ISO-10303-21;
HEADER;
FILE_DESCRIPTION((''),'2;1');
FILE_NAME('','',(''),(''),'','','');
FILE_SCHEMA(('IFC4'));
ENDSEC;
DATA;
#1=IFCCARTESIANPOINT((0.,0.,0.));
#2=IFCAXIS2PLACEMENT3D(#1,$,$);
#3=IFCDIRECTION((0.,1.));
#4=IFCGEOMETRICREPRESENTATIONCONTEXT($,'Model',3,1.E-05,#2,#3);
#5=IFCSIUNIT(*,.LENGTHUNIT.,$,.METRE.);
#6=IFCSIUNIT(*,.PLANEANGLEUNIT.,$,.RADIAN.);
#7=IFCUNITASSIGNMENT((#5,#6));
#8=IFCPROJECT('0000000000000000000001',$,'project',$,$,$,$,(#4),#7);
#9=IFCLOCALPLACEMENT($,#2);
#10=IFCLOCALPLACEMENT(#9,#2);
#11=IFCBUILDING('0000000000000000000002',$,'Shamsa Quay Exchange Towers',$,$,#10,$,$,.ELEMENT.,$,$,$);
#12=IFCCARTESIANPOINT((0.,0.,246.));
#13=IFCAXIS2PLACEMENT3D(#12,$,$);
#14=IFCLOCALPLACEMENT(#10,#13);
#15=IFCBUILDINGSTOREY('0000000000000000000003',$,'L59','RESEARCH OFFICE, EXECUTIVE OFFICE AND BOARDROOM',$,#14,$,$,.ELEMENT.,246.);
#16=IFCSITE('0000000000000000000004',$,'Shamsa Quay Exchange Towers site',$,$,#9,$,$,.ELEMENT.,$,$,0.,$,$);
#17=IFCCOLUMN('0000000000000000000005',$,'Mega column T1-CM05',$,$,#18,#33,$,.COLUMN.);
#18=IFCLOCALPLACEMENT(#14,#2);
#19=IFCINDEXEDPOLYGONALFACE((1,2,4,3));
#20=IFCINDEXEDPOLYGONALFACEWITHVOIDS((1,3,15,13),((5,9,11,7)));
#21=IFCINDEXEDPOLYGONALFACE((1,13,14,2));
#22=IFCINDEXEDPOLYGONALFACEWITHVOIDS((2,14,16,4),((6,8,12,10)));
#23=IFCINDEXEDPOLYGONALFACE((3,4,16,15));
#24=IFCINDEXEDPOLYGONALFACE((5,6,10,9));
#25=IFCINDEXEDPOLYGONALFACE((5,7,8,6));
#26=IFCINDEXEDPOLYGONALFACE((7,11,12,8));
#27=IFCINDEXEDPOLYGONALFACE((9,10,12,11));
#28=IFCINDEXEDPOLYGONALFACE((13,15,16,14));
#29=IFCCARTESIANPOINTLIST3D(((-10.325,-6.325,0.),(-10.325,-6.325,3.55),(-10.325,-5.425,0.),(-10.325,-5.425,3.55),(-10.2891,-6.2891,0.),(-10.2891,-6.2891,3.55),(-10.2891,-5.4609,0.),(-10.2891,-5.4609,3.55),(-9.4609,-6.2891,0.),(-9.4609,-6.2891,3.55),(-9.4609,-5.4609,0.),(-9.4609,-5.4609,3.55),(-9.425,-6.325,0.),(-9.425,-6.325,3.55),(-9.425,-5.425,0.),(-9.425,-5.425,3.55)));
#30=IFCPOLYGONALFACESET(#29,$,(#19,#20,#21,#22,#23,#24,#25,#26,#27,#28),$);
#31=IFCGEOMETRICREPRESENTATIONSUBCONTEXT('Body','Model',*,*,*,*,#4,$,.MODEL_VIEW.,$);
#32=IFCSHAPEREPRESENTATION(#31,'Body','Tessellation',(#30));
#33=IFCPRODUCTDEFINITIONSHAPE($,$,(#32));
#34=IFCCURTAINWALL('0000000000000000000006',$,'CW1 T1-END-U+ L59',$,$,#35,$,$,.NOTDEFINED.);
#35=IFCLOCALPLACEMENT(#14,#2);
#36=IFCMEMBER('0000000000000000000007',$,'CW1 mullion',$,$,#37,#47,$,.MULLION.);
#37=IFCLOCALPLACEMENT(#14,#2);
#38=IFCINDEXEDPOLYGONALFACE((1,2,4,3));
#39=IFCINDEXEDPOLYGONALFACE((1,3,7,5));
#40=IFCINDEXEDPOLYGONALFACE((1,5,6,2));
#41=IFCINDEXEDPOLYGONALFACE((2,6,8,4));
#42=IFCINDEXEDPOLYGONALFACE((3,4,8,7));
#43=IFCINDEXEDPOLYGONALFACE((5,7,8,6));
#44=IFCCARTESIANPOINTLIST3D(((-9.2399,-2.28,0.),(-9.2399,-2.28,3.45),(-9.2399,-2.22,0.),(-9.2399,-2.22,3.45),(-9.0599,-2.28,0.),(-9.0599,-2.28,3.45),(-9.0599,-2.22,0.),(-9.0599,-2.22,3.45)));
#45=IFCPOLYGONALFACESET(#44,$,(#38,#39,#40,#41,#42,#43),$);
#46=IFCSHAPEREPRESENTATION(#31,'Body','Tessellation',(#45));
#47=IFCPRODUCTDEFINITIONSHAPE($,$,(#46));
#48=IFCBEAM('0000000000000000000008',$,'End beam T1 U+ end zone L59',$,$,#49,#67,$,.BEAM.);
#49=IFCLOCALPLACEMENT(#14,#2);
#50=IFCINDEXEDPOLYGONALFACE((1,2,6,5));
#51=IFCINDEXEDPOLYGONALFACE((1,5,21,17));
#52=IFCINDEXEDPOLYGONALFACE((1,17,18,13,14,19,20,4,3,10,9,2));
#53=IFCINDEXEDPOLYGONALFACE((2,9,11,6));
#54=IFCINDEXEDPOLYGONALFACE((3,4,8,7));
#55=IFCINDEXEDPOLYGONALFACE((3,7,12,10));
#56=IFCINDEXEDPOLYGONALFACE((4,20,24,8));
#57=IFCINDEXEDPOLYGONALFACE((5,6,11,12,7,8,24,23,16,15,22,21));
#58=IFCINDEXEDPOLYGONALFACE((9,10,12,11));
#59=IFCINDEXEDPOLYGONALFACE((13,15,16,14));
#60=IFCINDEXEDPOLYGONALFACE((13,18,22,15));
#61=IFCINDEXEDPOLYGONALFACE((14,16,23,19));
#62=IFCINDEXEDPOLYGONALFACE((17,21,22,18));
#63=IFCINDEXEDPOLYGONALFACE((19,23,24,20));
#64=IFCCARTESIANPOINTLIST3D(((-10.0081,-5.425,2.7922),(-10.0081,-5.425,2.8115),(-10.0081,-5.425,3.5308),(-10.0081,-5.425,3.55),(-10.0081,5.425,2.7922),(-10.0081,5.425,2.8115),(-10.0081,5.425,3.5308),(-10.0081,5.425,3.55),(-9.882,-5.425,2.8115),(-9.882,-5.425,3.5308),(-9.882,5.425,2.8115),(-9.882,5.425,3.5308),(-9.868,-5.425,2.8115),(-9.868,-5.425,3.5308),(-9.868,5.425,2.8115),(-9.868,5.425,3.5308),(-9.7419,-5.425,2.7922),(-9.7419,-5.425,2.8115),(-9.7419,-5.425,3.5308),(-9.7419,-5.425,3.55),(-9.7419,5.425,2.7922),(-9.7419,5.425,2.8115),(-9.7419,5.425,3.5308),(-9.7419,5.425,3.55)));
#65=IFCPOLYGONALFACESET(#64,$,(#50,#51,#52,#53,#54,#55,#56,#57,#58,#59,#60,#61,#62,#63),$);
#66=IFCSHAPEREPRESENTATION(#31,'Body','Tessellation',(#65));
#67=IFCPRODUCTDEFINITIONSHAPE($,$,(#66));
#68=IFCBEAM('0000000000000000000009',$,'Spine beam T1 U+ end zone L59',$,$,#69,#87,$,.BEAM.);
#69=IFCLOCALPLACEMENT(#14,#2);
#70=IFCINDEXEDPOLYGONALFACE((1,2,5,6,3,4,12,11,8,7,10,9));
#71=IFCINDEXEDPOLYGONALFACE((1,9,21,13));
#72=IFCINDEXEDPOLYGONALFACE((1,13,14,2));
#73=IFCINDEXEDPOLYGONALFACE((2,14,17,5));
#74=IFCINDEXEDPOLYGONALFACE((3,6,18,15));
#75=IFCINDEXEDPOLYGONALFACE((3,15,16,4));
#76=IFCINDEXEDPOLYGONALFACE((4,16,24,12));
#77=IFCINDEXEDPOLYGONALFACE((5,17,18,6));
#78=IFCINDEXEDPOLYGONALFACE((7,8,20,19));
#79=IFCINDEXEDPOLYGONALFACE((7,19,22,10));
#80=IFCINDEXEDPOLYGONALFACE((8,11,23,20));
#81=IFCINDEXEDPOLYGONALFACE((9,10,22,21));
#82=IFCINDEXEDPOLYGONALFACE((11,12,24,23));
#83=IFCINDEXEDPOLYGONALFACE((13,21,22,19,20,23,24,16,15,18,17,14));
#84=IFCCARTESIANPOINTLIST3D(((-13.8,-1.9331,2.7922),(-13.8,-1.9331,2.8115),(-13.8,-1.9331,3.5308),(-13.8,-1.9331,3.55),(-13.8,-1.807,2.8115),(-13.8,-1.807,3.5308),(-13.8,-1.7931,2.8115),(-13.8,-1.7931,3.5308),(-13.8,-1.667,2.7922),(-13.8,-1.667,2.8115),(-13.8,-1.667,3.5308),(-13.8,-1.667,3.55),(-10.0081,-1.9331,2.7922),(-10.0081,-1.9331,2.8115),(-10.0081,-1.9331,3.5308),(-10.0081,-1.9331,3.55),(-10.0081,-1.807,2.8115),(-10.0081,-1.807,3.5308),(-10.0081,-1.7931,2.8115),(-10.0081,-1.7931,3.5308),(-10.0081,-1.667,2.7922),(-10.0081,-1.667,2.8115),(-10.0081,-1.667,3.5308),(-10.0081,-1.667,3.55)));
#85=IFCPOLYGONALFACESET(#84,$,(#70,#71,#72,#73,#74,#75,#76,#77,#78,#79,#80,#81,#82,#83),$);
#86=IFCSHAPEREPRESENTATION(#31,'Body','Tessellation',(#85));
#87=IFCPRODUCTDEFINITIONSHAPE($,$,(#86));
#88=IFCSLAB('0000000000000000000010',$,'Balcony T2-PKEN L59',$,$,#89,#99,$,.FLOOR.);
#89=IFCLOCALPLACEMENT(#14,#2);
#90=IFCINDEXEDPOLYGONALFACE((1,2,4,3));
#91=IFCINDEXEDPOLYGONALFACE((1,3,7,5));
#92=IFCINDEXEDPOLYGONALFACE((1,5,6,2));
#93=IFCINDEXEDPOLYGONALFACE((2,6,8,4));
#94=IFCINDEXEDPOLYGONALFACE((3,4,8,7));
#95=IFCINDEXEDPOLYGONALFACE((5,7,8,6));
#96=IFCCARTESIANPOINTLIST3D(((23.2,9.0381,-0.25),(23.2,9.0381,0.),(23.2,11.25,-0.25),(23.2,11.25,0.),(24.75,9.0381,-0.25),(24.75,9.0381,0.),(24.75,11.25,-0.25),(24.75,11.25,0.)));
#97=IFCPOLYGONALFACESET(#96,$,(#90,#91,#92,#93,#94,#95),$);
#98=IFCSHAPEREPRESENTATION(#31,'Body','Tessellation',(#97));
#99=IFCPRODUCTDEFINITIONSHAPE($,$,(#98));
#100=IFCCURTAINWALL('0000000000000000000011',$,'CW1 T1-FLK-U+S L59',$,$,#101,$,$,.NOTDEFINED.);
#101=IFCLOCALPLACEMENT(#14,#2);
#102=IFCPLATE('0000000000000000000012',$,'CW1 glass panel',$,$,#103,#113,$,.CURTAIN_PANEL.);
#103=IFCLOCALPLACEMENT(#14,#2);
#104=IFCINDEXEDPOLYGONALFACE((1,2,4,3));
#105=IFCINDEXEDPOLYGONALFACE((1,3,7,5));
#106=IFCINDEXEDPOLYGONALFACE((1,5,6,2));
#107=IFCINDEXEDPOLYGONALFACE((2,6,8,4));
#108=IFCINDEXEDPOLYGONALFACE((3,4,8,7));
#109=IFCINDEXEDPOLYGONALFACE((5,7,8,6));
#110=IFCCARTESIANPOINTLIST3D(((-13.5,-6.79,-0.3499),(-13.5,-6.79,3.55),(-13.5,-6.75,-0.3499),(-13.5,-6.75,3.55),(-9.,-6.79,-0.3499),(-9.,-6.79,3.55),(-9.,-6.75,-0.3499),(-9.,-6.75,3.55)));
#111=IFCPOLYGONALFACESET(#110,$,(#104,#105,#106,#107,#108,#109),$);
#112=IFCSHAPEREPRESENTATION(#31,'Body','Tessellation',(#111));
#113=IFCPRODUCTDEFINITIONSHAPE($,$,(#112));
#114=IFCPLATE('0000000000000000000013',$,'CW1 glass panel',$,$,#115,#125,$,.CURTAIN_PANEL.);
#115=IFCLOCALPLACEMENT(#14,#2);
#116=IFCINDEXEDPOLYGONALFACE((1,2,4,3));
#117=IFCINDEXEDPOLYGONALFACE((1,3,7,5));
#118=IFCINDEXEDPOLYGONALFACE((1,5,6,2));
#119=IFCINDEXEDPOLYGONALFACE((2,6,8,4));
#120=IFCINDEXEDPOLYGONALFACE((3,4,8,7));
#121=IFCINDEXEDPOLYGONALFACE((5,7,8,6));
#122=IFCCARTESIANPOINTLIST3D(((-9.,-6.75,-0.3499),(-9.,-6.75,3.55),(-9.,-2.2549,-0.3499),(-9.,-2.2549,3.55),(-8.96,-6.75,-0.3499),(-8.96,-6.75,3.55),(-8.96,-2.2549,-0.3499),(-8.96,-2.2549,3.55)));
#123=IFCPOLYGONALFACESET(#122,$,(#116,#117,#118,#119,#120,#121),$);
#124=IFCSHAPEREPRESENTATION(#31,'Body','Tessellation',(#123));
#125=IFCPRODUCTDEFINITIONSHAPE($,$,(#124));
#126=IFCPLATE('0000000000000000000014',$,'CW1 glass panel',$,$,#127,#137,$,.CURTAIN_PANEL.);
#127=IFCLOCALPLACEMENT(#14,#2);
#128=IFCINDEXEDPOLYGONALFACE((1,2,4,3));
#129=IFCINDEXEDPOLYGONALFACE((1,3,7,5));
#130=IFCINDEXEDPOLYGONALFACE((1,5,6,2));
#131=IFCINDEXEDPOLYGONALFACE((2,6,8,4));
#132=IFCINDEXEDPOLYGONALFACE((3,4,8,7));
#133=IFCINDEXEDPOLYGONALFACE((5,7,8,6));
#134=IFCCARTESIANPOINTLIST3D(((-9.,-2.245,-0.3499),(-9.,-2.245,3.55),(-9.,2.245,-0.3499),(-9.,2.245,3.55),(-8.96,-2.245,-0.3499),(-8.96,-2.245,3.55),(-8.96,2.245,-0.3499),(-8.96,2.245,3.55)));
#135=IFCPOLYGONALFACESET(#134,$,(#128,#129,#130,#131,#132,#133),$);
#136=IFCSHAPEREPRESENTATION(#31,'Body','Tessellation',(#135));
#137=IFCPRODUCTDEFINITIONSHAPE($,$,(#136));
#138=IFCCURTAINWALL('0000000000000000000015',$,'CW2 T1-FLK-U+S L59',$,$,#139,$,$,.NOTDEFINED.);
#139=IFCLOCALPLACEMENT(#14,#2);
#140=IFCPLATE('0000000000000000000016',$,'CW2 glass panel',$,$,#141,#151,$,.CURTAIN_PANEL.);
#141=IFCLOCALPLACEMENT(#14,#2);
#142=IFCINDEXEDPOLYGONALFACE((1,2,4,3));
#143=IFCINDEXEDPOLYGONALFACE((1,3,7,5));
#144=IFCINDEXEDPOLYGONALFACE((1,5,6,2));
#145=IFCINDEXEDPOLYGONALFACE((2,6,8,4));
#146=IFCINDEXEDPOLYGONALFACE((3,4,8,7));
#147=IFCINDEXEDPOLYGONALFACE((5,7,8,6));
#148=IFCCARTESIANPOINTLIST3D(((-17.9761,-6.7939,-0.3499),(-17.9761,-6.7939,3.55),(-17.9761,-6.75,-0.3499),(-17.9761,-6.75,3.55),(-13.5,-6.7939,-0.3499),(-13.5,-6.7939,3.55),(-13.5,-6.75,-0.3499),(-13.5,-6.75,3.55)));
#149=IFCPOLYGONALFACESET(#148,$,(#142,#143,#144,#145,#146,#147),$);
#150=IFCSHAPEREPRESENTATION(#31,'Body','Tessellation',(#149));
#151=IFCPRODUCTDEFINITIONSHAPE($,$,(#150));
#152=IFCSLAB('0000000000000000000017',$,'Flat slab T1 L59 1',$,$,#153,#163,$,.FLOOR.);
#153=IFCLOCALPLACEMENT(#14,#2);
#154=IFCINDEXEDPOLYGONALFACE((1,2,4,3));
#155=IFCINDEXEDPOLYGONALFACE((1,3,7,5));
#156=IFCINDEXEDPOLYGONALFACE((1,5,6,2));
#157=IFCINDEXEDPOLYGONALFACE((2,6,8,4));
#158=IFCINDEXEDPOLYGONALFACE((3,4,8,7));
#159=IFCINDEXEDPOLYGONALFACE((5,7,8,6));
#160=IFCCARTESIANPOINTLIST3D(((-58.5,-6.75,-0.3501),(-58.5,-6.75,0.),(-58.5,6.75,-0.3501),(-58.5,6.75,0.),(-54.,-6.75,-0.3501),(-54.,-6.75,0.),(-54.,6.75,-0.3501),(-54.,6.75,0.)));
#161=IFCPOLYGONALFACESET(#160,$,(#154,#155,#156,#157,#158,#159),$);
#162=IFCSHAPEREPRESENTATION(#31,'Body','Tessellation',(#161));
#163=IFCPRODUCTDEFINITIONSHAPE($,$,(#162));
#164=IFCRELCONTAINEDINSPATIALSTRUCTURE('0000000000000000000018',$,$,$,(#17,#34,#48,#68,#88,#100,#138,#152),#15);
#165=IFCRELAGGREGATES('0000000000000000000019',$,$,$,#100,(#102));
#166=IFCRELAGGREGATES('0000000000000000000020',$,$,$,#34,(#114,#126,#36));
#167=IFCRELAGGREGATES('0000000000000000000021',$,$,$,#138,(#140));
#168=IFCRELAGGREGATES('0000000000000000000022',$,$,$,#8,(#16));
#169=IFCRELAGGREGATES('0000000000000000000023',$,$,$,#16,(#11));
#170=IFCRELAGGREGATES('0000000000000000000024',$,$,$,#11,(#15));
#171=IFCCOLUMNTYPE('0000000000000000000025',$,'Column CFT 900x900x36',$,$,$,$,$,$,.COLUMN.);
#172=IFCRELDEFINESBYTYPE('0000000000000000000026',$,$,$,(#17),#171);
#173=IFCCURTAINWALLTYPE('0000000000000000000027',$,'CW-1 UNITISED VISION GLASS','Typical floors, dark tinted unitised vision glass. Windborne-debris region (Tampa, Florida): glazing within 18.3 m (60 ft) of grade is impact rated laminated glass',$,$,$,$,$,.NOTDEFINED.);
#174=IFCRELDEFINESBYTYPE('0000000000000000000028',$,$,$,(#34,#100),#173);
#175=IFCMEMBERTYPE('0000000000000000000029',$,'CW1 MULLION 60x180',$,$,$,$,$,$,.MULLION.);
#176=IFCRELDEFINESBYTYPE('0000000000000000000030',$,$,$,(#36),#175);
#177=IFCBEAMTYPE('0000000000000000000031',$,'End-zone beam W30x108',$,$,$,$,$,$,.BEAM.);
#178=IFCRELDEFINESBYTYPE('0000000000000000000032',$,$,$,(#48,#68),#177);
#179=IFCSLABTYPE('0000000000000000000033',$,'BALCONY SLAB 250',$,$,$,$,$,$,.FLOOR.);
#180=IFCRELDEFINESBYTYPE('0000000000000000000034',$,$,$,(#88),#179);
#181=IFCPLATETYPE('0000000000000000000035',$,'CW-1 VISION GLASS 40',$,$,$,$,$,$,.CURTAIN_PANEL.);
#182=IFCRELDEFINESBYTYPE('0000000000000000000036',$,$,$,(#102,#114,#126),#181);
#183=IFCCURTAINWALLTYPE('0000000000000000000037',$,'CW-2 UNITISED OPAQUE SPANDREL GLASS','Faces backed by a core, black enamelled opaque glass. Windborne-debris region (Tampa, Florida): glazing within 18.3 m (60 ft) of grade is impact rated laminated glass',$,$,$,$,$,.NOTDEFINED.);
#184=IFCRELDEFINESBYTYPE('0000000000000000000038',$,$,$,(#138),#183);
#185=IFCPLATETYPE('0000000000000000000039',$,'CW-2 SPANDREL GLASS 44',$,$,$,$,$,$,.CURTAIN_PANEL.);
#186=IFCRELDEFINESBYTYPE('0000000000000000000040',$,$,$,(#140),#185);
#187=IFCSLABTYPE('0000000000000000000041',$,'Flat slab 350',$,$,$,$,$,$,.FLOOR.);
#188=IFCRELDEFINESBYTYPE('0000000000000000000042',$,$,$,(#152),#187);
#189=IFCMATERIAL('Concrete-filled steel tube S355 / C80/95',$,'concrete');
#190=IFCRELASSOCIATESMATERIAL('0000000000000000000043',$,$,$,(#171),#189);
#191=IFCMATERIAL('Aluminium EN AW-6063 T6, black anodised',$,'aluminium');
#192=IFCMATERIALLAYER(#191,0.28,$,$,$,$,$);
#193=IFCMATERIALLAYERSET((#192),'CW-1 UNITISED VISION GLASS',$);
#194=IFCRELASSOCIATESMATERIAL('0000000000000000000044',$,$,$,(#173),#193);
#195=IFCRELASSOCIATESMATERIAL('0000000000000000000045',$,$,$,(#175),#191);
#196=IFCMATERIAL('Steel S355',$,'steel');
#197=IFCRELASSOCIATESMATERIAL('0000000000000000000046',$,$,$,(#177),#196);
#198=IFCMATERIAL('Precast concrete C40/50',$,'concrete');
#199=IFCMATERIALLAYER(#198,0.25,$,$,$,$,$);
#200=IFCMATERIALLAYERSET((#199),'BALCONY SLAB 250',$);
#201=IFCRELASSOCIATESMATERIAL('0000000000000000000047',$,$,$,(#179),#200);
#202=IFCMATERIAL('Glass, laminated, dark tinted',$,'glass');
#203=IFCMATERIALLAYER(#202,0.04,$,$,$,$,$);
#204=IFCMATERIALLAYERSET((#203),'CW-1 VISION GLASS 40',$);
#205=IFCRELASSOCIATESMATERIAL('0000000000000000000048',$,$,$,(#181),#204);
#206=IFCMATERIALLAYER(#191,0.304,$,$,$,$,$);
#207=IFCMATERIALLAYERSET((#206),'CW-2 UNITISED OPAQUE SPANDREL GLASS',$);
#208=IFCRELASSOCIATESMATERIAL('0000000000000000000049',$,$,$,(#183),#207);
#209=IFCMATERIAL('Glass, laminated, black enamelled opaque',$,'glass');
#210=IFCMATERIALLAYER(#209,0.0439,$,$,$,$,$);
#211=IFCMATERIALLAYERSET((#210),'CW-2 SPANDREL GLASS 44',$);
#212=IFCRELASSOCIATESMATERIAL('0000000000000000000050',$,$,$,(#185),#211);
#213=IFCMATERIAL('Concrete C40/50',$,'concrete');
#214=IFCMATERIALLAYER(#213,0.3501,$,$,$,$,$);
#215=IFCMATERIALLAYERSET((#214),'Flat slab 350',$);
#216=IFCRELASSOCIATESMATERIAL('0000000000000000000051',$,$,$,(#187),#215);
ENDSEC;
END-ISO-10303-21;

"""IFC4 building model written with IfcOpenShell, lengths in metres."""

from ifc_helpers import new_model, si_unit, direction, frame, origin, origin_2d, place, context, subcontext, project, spatial, polyline, rectangle, hollow_rectangle, i_section, outline, extrude, material, layer, layer_set, material_profile, profile_set, type_object, element, aggregate, save


model = new_model("IFC4")

# Units and contexts
model_context = context("Model", 3, precision=1e-05, world=origin(), true_north=direction((0.0, 1.0)))
body_context = subcontext(model_context, "Body", "Model", "MODEL_VIEW")
ifc_project = project(units=[si_unit("LENGTHUNIT", "METRE"), si_unit("PLANEANGLEUNIT", "RADIAN")], contexts=[model_context])

# Site, building, storey
site_placement = place(None, origin())
site = spatial("IfcSite", under=ifc_project, at=site_placement, Name="Shamsa Quay Exchange Towers site", CompositionType="ELEMENT", RefElevation=0.0)
building_placement = place(site_placement, origin())
building = spatial("IfcBuilding", under=site, at=building_placement, Name="Shamsa Quay Exchange Towers", CompositionType="ELEMENT")
storey_placement = place(building_placement, frame((0.0, 0.0, 246.0)))
storey = spatial("IfcBuildingStorey", under=building, at=storey_placement, Name="L59", Description="RESEARCH OFFICE, EXECUTIVE OFFICE AND BOARDROOM", CompositionType="ELEMENT", Elevation=246.0)

# Column
ifc_material_1 = material(Name="Concrete-filled steel tube S355 / C80/95", Category="concrete")
ifc_material_profile_1 = material_profile(ifc_material_1, hollow_rectangle(XDim=0.8999, YDim=0.8999, WallThickness=0.0359, at=origin_2d()), Name="CFT 900x900x36")
ifc_profile_set_1 = profile_set([ifc_material_profile_1], Name="Concrete-filled steel tube S355 / C80/95")
column_type = type_object("IfcColumnType", Name="Column CFT 900x900x36", PredefinedType="COLUMN", material=ifc_profile_set_1)
column_placement = place(storey_placement, frame((-9.875, -5.875, 0.0)))
element("IfcColumn", 1, at=column_placement, inside=storey, type_object=column_type, Name="Mega column T1-CM05", PredefinedType="COLUMN", context=body_context, shape_type="SweptSolid", body=[
    extrude(hollow_rectangle(XDim=0.8999, YDim=0.8999, WallThickness=0.0359, at=origin_2d()), origin(), (0.0, 0.0, 1.0), 3.55),
])

# Curtain wall, member
ifc_material_2 = material(Name="Aluminium EN AW-6063 T6, black anodised", Category="aluminium")
ifc_layer_1 = layer(ifc_material_2, 0.28)
ifc_layer_set_1 = layer_set([ifc_layer_1], Name="CW-1 UNITISED VISION GLASS")
curtain_wall_type_1 = type_object("IfcCurtainWallType", Name="CW-1 UNITISED VISION GLASS", Description="Typical floors, dark tinted unitised vision glass. Windborne-debris region (Tampa, Florida): glazing within 18.3 m (60 ft) of grade is impact rated laminated glass", PredefinedType="NOTDEFINED", material=ifc_layer_set_1)
curtain_wall_1_placement = place(storey_placement, origin())
curtain_wall_1 = element("IfcCurtainWall", 2, at=curtain_wall_1_placement, inside=storey, type_object=curtain_wall_type_1, Name="CW1 T1-END-U+ L59", PredefinedType="NOTDEFINED")
ifc_material_profile_2 = material_profile(ifc_material_2, rectangle(XDim=0.1799, YDim=0.0601, at=origin_2d()), Name="MU60x180")
ifc_profile_set_2 = profile_set([ifc_material_profile_2], Name="Aluminium EN AW-6063 T6, black anodised")
member_type = type_object("IfcMemberType", Name="CW1 MULLION 60x180", PredefinedType="MULLION", material=ifc_profile_set_2)
member_placement = place(storey_placement, frame((-9.1499, -2.25, 0.0), z_axis=(0.0, 0.0, 1.0), x_axis=(-1.0, 0.0, 0.0)))
member = element("IfcMember", 3, at=member_placement, type_object=member_type, Name="CW1 mullion", PredefinedType="MULLION", context=body_context, shape_type="SweptSolid", body=[
    extrude(rectangle(XDim=0.1799, YDim=0.0601, at=origin_2d()), origin(), (0.0, 0.0, 1.0), 3.45),
])

# Beams
ifc_material_3 = material(Name="Steel S355", Category="steel")
ifc_material_profile_3 = material_profile(ifc_material_3, i_section(OverallWidth=0.2661, OverallDepth=0.7578, WebThickness=0.0139, FlangeThickness=0.0193, at=origin_2d()), Name="W30x108")
ifc_profile_set_3 = profile_set([ifc_material_profile_3], Name="Steel S355")
beam_type = type_object("IfcBeamType", Name="End-zone beam W30x108", PredefinedType="BEAM", material=ifc_profile_set_3)
beam_1_placement = place(storey_placement, frame((-9.875, -5.425, 3.1711), z_axis=(0.0, 1.0, 0.0), x_axis=(-1.0, 0.0, 0.0)))
element("IfcBeam", 4, at=beam_1_placement, inside=storey, type_object=beam_type, Name="End beam T1 U+ end zone L59", PredefinedType="BEAM", context=body_context, shape_type="SweptSolid", body=[
    extrude(i_section(OverallWidth=0.2661, OverallDepth=0.7578, WebThickness=0.0139, FlangeThickness=0.0193, at=origin_2d()), origin(), (0.0, 0.0, 1.0), 10.8501),
])
beam_2_placement = place(storey_placement, frame((-13.8, -1.8, 3.1711), z_axis=(1.0, 0.0, 0.0), x_axis=(0.0, 1.0, 0.0)))
element("IfcBeam", 5, at=beam_2_placement, inside=storey, type_object=beam_type, Name="Spine beam T1 U+ end zone L59", PredefinedType="BEAM", context=body_context, shape_type="SweptSolid", body=[
    extrude(i_section(OverallWidth=0.2661, OverallDepth=0.7578, WebThickness=0.0139, FlangeThickness=0.0193, at=origin_2d()), origin(), (0.0, 0.0, 1.0), 3.792),
])

# Slab
ifc_material_4 = material(Name="Precast concrete C40/50", Category="concrete")
ifc_layer_2 = layer(ifc_material_4, 0.25)
ifc_layer_set_2 = layer_set([ifc_layer_2], Name="BALCONY SLAB 250")
slab_type_1 = type_object("IfcSlabType", Name="BALCONY SLAB 250", PredefinedType="FLOOR", material=ifc_layer_set_2)
slab_1_placement = place(storey_placement, frame((0.0, 0.0, -0.25)))
element("IfcSlab", 6, at=slab_1_placement, inside=storey, type_object=slab_type_1, Name="Balcony T2-PKEN L59", PredefinedType="FLOOR", context=body_context, shape_type="SweptSolid", body=[
    extrude(outline(polyline([(24.75, 11.25), (24.75, 9.0381), (23.2, 9.0381), (23.2, 11.25), (24.75, 11.25)])), origin(), (0.0, 0.0, 1.0), 0.25),
])

# Curtain wall, plate
curtain_wall_2_placement = place(storey_placement, origin())
curtain_wall_2 = element("IfcCurtainWall", 7, at=curtain_wall_2_placement, inside=storey, type_object=curtain_wall_type_1, Name="CW1 T1-FLK-U+S L59", PredefinedType="NOTDEFINED")
ifc_material_5 = material(Name="Glass, laminated, dark tinted", Category="glass")
ifc_layer_3 = layer(ifc_material_5, 0.04)
ifc_layer_set_3 = layer_set([ifc_layer_3], Name="CW-1 VISION GLASS 40")
plate_type_1 = type_object("IfcPlateType", Name="CW-1 VISION GLASS 40", PredefinedType="CURTAIN_PANEL", material=ifc_layer_set_3)
plate_1_placement = place(storey_placement, frame((-11.25, -6.77, -0.3499)))
plate_1 = element("IfcPlate", 8, at=plate_1_placement, type_object=plate_type_1, Name="CW1 glass panel", PredefinedType="CURTAIN_PANEL", context=body_context, shape_type="SweptSolid", body=[
    extrude(rectangle(XDim=4.5, YDim=0.04, at=origin_2d()), origin(), (0.0, 0.0, 1.0), 3.8999),
])
aggregate(curtain_wall_2, [plate_1])

# Plates
plate_2_placement = place(storey_placement, frame((-8.98, -4.5024, -0.3499), z_axis=(0.0, 0.0, 1.0), x_axis=(0.0, 1.0, 0.0)))
plate_2 = element("IfcPlate", 9, at=plate_2_placement, type_object=plate_type_1, Name="CW1 glass panel", PredefinedType="CURTAIN_PANEL", context=body_context, shape_type="SweptSolid", body=[
    extrude(rectangle(XDim=4.4951, YDim=0.04, at=origin_2d()), origin(), (0.0, 0.0, 1.0), 3.8999),
])
plate_3_placement = place(storey_placement, frame((-8.98, 0.0, -0.3499), z_axis=(0.0, 0.0, 1.0), x_axis=(0.0, 1.0, 0.0)))
plate_3 = element("IfcPlate", 10, at=plate_3_placement, type_object=plate_type_1, Name="CW1 glass panel", PredefinedType="CURTAIN_PANEL", context=body_context, shape_type="SweptSolid", body=[
    extrude(rectangle(XDim=4.49, YDim=0.04, at=origin_2d()), origin(), (0.0, 0.0, 1.0), 3.8999),
])
aggregate(curtain_wall_1, [plate_2, plate_3, member])

# Curtain wall, plate
ifc_layer_4 = layer(ifc_material_2, 0.304)
ifc_layer_set_4 = layer_set([ifc_layer_4], Name="CW-2 UNITISED OPAQUE SPANDREL GLASS")
curtain_wall_type_2 = type_object("IfcCurtainWallType", Name="CW-2 UNITISED OPAQUE SPANDREL GLASS", Description="Faces backed by a core, black enamelled opaque glass. Windborne-debris region (Tampa, Florida): glazing within 18.3 m (60 ft) of grade is impact rated laminated glass", PredefinedType="NOTDEFINED", material=ifc_layer_set_4)
curtain_wall_3_placement = place(storey_placement, origin())
curtain_wall_3 = element("IfcCurtainWall", 11, at=curtain_wall_3_placement, inside=storey, type_object=curtain_wall_type_2, Name="CW2 T1-FLK-U+S L59", PredefinedType="NOTDEFINED")
ifc_material_6 = material(Name="Glass, laminated, black enamelled opaque", Category="glass")
ifc_layer_5 = layer(ifc_material_6, 0.0439)
ifc_layer_set_5 = layer_set([ifc_layer_5], Name="CW-2 SPANDREL GLASS 44")
plate_type_2 = type_object("IfcPlateType", Name="CW-2 SPANDREL GLASS 44", PredefinedType="CURTAIN_PANEL", material=ifc_layer_set_5)
plate_4_placement = place(storey_placement, frame((-15.738, -6.772, -0.3499)))
plate_4 = element("IfcPlate", 12, at=plate_4_placement, type_object=plate_type_2, Name="CW2 glass panel", PredefinedType="CURTAIN_PANEL", context=body_context, shape_type="SweptSolid", body=[
    extrude(rectangle(XDim=4.4761, YDim=0.0439, at=origin_2d()), origin(), (0.0, 0.0, 1.0), 3.8999),
])
aggregate(curtain_wall_3, [plate_4])

# Slab
ifc_material_7 = material(Name="Concrete C40/50", Category="concrete")
ifc_layer_6 = layer(ifc_material_7, 0.3501)
ifc_layer_set_6 = layer_set([ifc_layer_6], Name="Flat slab 350")
slab_type_2 = type_object("IfcSlabType", Name="Flat slab 350", PredefinedType="FLOOR", material=ifc_layer_set_6)
slab_2_placement = place(storey_placement, frame((0.0, 0.0, -0.3501)))
element("IfcSlab", 13, at=slab_2_placement, inside=storey, type_object=slab_type_2, Name="Flat slab T1 L59 1", PredefinedType="FLOOR", context=body_context, shape_type="SweptSolid", body=[
    extrude(outline(polyline([(-58.5, -6.75), (-54.0, -6.75), (-54.0, 6.75), (-58.5, 6.75), (-58.5, -6.75)])), origin(), (0.0, 0.0, 1.0), 0.3501),
])

save(model, "model.ifc")
